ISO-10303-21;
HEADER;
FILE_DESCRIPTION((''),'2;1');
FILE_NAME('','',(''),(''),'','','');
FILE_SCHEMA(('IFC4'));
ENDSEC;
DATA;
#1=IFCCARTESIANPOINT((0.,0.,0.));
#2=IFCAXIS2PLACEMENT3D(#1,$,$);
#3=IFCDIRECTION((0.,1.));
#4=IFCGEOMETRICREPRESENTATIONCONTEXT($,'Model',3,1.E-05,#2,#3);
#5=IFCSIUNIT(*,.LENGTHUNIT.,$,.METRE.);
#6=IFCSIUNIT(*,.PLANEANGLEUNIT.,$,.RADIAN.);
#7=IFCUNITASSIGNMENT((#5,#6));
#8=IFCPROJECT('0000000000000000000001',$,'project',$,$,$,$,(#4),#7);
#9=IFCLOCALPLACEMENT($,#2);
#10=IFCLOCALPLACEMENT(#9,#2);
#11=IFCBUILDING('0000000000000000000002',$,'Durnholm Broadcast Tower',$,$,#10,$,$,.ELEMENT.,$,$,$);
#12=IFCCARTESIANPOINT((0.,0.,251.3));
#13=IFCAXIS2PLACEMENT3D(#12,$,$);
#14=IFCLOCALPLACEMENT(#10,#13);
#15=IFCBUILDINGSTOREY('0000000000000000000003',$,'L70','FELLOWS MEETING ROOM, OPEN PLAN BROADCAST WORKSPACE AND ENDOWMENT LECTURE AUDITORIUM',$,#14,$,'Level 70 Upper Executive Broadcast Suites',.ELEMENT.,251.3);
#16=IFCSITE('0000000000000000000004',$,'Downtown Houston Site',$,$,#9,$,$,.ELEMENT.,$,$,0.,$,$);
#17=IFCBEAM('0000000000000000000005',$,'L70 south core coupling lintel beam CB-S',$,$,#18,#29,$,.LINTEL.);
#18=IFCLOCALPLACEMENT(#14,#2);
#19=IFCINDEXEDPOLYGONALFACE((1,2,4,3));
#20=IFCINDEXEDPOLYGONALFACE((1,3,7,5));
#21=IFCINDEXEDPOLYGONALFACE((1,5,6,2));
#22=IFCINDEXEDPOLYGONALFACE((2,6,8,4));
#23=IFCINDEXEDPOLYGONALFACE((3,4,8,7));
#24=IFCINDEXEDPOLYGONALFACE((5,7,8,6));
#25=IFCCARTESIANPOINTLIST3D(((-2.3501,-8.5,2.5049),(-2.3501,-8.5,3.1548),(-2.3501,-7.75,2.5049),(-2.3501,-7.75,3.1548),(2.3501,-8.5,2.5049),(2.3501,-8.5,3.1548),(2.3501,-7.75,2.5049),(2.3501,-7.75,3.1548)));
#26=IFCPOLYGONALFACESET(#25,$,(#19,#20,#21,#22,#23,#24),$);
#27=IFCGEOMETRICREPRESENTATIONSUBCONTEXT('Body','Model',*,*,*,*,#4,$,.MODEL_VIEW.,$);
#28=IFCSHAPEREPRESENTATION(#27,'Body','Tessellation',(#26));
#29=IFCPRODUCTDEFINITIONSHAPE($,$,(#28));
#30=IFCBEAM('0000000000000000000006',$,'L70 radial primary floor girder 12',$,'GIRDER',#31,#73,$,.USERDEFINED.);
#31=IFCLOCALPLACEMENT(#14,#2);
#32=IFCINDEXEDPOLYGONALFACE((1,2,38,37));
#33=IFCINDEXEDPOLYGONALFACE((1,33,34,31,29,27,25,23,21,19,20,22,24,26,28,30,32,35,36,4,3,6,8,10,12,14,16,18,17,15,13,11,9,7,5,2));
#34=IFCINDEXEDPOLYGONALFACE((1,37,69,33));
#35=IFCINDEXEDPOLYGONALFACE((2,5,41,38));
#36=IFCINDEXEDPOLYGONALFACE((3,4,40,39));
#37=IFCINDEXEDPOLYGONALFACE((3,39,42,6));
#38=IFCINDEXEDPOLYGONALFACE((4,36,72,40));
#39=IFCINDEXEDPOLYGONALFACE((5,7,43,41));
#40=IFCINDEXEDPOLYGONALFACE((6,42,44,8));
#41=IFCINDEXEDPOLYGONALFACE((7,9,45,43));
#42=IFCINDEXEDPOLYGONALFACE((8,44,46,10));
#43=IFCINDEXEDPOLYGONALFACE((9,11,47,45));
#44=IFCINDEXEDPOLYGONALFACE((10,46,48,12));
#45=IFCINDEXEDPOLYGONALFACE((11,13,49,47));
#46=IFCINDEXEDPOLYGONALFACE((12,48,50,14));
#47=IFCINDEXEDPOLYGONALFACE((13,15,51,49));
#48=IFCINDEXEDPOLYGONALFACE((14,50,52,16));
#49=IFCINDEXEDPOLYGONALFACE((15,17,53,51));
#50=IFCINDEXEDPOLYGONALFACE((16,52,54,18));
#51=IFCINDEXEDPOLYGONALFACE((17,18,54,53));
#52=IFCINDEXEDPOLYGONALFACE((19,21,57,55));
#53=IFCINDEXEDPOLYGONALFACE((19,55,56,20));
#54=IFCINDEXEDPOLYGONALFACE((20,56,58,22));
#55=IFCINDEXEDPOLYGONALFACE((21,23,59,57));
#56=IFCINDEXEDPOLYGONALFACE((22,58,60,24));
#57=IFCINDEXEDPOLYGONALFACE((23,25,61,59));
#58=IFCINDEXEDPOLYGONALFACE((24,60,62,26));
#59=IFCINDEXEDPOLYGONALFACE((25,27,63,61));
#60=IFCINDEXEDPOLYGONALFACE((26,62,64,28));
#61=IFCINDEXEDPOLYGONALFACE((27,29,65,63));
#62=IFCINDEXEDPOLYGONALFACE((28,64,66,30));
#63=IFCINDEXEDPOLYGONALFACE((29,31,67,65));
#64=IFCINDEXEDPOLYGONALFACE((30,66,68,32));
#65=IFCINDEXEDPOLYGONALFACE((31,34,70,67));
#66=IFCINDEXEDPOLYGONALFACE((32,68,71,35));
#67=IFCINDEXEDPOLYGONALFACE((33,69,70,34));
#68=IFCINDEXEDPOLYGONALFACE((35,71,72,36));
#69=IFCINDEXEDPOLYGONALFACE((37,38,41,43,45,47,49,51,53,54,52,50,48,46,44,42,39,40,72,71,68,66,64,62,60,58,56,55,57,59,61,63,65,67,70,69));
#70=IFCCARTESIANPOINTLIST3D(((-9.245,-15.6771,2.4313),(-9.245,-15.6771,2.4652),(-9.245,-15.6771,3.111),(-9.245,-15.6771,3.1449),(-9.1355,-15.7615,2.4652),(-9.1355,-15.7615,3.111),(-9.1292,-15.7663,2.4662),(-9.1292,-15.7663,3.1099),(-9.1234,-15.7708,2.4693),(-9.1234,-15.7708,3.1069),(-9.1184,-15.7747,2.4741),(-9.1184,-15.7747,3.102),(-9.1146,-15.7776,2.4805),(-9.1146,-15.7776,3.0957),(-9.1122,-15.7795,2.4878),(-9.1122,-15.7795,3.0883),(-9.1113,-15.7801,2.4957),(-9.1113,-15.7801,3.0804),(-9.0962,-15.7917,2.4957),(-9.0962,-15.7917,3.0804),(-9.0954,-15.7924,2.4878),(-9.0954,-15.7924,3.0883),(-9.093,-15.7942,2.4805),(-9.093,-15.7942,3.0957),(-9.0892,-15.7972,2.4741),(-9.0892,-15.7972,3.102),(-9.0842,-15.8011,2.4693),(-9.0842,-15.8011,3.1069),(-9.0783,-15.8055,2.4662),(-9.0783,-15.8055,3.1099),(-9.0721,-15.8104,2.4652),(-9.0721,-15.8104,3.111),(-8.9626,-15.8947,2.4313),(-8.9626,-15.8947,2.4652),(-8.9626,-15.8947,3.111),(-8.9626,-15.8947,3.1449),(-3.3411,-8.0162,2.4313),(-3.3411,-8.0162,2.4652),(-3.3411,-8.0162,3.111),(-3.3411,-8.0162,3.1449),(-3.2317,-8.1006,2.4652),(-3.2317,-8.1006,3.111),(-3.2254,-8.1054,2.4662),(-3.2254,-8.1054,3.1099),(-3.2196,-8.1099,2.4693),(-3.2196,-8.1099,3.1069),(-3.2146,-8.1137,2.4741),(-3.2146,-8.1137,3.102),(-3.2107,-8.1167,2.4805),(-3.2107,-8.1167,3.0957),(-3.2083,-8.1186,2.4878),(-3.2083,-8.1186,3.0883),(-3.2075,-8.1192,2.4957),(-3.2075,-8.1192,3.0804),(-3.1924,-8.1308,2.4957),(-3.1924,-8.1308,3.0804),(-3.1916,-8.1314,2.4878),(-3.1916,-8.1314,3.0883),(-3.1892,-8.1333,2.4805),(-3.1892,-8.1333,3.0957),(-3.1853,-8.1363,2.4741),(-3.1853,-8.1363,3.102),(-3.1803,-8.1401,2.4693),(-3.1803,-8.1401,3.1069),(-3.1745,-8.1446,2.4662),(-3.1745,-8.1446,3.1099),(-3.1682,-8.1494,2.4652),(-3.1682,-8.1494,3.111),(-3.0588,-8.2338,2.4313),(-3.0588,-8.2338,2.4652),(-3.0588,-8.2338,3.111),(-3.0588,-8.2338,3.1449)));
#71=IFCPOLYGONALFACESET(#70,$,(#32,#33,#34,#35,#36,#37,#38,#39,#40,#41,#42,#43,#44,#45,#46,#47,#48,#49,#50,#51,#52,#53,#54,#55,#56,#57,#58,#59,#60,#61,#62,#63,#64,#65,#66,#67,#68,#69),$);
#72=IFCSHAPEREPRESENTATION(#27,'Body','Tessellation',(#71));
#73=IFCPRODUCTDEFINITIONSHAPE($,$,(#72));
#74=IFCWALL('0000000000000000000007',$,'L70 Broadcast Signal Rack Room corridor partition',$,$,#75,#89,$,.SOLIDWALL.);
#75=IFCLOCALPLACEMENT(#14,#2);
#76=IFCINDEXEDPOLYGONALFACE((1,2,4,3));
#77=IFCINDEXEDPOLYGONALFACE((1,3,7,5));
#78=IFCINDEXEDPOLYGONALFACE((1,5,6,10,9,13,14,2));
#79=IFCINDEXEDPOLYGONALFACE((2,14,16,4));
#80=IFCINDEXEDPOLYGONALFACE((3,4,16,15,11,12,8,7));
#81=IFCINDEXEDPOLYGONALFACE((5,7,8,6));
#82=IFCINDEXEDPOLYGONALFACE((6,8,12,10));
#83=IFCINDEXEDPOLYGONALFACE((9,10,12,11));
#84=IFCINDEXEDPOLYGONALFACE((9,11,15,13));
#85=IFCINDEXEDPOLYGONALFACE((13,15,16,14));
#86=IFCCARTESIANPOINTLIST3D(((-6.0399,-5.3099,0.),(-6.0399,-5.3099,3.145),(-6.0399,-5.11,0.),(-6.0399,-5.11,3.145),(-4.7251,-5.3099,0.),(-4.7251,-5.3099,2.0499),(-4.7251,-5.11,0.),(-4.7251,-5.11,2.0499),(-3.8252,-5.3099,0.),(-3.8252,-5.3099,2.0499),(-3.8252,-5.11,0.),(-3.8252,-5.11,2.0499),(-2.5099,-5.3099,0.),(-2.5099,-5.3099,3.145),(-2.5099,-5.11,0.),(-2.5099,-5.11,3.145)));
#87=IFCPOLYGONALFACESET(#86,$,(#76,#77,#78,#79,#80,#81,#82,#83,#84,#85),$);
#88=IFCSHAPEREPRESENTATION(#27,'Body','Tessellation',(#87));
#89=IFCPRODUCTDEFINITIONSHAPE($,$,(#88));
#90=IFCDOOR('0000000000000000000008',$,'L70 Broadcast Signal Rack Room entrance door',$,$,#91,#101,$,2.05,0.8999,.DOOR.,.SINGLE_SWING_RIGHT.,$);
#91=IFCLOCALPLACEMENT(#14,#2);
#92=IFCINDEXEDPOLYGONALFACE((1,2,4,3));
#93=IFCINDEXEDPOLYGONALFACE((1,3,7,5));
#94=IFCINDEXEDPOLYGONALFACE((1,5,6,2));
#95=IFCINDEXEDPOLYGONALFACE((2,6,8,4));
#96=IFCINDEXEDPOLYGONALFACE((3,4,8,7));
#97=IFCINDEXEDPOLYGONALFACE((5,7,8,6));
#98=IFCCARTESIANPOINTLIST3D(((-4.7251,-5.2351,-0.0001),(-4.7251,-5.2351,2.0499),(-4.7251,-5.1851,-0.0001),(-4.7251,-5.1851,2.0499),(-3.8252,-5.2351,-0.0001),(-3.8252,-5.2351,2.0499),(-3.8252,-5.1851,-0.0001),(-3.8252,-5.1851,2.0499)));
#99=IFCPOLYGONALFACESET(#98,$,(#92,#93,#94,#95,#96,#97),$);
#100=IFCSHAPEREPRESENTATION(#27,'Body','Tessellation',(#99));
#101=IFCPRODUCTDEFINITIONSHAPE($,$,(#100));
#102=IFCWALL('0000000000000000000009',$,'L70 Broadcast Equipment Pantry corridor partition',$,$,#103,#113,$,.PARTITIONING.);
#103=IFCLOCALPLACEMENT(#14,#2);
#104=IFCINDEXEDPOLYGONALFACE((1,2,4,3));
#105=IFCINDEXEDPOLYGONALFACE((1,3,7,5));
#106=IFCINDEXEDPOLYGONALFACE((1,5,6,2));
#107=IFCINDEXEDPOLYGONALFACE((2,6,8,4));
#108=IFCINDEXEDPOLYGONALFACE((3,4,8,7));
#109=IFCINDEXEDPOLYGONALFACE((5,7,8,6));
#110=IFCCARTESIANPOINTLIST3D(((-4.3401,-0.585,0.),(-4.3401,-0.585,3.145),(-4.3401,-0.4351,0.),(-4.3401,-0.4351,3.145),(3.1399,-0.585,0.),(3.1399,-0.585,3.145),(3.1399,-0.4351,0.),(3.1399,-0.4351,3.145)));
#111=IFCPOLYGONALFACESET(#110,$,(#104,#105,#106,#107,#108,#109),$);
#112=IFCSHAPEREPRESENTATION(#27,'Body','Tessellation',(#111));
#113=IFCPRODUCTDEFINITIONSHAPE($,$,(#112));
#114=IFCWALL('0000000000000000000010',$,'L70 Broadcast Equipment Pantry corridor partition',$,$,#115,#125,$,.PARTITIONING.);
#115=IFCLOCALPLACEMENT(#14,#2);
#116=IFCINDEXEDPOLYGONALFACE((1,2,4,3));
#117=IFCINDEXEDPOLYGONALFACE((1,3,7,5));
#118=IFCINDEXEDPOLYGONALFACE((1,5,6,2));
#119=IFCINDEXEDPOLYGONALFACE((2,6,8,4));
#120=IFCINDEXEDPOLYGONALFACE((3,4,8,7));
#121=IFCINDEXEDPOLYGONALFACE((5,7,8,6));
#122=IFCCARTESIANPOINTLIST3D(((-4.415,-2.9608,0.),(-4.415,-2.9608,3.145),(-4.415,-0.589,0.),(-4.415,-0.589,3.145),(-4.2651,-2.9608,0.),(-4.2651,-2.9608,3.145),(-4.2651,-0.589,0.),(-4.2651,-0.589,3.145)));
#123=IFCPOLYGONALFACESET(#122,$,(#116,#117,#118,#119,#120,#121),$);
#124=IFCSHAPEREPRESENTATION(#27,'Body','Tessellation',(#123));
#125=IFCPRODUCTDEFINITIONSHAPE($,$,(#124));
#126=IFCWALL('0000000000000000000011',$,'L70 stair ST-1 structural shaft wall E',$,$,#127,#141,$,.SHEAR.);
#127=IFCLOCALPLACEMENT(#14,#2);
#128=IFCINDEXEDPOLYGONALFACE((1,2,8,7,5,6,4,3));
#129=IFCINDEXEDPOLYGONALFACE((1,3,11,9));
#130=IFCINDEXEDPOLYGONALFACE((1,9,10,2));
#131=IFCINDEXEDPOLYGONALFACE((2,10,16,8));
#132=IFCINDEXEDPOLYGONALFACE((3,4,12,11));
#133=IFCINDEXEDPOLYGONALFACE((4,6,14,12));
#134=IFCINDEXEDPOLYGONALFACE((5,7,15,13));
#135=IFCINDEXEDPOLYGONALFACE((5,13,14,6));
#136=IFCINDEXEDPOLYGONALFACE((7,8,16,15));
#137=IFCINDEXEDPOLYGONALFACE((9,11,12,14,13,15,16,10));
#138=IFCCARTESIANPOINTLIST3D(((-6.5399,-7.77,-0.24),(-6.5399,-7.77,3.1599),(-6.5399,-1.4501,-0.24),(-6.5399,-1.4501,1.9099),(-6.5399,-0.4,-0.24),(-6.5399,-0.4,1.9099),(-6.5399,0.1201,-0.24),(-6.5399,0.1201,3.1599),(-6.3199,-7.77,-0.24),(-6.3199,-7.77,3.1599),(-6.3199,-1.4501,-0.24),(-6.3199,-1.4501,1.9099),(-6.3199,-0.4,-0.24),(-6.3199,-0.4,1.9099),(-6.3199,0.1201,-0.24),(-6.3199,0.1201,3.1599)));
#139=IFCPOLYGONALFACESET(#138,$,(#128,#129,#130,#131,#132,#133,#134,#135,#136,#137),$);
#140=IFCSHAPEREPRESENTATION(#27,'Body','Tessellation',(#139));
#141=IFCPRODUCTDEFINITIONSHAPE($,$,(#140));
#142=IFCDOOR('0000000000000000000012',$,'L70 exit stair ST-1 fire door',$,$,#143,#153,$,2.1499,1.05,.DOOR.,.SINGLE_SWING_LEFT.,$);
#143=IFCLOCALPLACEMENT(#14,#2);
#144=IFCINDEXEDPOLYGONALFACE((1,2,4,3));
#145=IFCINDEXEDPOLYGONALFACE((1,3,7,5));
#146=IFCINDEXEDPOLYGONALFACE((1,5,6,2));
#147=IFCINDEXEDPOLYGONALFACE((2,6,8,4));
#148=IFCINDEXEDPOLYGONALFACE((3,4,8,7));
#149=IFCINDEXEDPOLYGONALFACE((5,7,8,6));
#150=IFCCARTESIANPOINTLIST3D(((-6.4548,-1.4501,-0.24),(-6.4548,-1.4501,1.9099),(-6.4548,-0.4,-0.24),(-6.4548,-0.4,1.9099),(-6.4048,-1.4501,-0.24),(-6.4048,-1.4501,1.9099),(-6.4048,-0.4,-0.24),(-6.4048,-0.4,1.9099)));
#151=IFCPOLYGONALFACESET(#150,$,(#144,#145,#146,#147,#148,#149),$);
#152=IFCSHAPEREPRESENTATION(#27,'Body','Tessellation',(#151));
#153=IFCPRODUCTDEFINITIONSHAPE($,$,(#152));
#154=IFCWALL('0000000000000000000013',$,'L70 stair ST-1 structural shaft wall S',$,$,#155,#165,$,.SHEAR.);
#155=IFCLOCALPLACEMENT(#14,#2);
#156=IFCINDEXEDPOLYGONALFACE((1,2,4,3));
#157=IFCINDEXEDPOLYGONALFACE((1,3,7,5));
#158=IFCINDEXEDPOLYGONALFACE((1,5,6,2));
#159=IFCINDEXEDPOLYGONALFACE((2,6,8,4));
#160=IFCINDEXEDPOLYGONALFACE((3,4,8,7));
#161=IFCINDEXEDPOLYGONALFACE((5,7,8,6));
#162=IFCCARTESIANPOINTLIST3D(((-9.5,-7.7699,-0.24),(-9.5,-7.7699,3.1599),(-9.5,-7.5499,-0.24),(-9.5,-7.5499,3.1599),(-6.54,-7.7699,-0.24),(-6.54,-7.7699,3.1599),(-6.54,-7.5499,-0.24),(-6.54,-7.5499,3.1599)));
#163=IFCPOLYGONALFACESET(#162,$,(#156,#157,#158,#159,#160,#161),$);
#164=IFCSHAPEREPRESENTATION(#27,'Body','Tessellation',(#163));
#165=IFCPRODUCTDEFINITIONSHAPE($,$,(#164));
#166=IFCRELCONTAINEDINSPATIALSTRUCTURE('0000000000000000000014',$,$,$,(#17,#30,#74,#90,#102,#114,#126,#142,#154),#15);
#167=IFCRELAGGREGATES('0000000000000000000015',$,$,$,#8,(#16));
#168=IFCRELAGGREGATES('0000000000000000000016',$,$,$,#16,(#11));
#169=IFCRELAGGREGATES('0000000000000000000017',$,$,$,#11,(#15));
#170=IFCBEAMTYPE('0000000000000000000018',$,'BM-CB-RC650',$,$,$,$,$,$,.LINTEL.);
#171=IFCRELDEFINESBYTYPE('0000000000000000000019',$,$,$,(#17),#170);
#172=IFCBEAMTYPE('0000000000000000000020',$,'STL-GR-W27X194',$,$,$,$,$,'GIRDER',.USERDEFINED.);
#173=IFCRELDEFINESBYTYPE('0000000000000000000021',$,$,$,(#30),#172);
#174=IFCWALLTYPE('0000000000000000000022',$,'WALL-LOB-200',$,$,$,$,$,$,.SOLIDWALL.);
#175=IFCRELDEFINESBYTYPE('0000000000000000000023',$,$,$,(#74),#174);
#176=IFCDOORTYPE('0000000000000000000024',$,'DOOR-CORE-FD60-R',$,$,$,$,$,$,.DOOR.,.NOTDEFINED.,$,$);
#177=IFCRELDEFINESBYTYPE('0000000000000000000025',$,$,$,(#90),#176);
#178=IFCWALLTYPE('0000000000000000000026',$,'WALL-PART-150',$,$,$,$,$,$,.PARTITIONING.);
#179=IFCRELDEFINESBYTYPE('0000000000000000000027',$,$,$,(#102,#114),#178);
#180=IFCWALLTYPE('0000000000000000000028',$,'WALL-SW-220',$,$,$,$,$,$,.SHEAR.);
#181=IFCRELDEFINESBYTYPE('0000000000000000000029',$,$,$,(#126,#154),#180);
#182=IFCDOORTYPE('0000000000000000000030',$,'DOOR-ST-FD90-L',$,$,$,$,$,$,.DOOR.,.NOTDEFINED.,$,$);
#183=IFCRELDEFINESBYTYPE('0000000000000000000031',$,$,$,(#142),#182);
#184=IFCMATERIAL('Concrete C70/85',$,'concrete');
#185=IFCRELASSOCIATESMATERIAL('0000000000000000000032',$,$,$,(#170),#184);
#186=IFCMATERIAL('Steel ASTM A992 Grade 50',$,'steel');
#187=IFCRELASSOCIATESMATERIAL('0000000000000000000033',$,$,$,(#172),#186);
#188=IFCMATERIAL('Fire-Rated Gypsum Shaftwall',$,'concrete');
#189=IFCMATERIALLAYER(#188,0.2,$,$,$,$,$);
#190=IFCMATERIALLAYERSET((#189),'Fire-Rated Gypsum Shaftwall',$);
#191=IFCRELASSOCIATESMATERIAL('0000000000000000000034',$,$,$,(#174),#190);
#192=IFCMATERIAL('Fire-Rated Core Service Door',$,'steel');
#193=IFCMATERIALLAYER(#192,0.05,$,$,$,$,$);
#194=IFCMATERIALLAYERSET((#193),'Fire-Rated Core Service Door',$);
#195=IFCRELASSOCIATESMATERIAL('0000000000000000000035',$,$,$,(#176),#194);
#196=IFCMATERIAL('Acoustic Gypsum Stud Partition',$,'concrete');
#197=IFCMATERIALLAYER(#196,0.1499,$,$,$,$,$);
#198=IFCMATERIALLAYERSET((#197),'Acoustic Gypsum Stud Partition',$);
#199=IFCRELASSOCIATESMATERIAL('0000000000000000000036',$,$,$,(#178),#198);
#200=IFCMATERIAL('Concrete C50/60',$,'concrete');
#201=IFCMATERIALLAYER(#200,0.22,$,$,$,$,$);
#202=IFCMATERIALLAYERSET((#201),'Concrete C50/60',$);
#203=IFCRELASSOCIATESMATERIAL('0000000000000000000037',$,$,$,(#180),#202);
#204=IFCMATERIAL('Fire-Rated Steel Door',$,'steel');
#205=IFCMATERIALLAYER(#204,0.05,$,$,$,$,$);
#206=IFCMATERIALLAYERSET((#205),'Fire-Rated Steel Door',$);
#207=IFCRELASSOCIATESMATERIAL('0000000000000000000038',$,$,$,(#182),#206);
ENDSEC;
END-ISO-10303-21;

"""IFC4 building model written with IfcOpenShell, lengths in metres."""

from ifc_helpers import new_model, si_unit, direction, frame, frame_2d, origin, origin_2d, place, context, subcontext, project, spatial, rectangle, i_section, extrude, source, transform, mapped, material, layer, layer_set, material_profile, profile_set, type_object, type_shapes, element, fill, save


model = new_model("IFC4")

# Units and contexts
model_context = context("Model", 3, precision=1e-05, world=origin(), true_north=direction((0.0, 1.0)))
body_context = subcontext(model_context, "Body", "Model", "MODEL_VIEW")
ifc_project = project(units=[si_unit("LENGTHUNIT", "METRE"), si_unit("PLANEANGLEUNIT", "RADIAN")], contexts=[model_context])

# Site, building, storey
site_placement = place(None, origin())
site = spatial("IfcSite", under=ifc_project, at=site_placement, Name="Downtown Houston Site", CompositionType="ELEMENT", RefElevation=0.0)
building_placement = place(site_placement, origin())
building = spatial("IfcBuilding", under=site, at=building_placement, Name="Durnholm Broadcast Tower", CompositionType="ELEMENT")
storey_placement = place(building_placement, frame((0.0, 0.0, 251.3)))
storey = spatial("IfcBuildingStorey", under=building, at=storey_placement, Name="L70", Description="FELLOWS MEETING ROOM, OPEN PLAN BROADCAST WORKSPACE AND ENDOWMENT LECTURE AUDITORIUM", LongName="Level 70 Upper Executive Broadcast Suites", CompositionType="ELEMENT", Elevation=251.3)

# Beams
ifc_material_1 = material(Name="Concrete C70/85", Category="concrete")
ifc_material_profile_1 = material_profile(ifc_material_1, rectangle(XDim=0.75, YDim=0.6499, at=origin_2d()), Name="RC750X650")
ifc_profile_set_1 = profile_set([ifc_material_profile_1], Name="Concrete C70/85")
beam_type_1 = type_object("IfcBeamType", Name="BM-CB-RC650", PredefinedType="LINTEL", material=ifc_profile_set_1)
shared_shape_1 = source(origin(), body_context, "Body", "SweptSolid", [
    extrude(rectangle(XDim=0.75, YDim=0.6499, at=origin_2d()), origin(), (0.0, 0.0, 1.0), 4.7002),
])
type_shapes(beam_type_1, [shared_shape_1])
beam_1_placement = place(storey_placement, frame((-2.3501, -8.125, 2.8298), z_axis=(1.0, 0.0, 0.0), x_axis=(0.0, 1.0, 0.0)))
element("IfcBeam", 1, at=beam_1_placement, inside=storey, type_object=beam_type_1, Name="L70 south core coupling lintel beam CB-S", PredefinedType="LINTEL", context=body_context, shape_type="MappedRepresentation", body=[
    mapped(shared_shape_1, transform((0.0, 0.0, 0.0), x_axis=(1.0, 0.0, 0.0), y_axis=(0.0, 1.0, 0.0), z_axis=(0.0, 0.0, 1.0), scale=1.0)),
])
ifc_material_2 = material(Name="Steel ASTM A992 Grade 50", Category="steel")
ifc_material_profile_2 = material_profile(ifc_material_2, i_section(OverallWidth=0.3564, OverallDepth=0.7136, WebThickness=0.019, FlangeThickness=0.0339, FilletRadius=0.0305, at=origin_2d()), Name="W27X194")
ifc_profile_set_2 = profile_set([ifc_material_profile_2], Name="Steel ASTM A992 Grade 50")
beam_type_2 = type_object("IfcBeamType", Name="STL-GR-W27X194", ElementType="GIRDER", PredefinedType="USERDEFINED", material=ifc_profile_set_2)
shared_shape_2 = source(origin(), body_context, "Body", "SweptSolid", [
    extrude(i_section(OverallWidth=0.3564, OverallDepth=0.7136, WebThickness=0.019, FlangeThickness=0.0339, FilletRadius=0.0305, at=origin_2d()), origin(), (0.0, 0.0, 1.0), 9.6719),
])
type_shapes(beam_type_2, [shared_shape_2])
beam_2_placement = place(storey_placement, frame((-3.2, -8.125, 2.7881), z_axis=(-0.610413, -0.792083, 0.0), x_axis=(0.792083, -0.610413, 0.0)))
element("IfcBeam", 2, at=beam_2_placement, inside=storey, type_object=beam_type_2, Name="L70 radial primary floor girder 12", ObjectType="GIRDER", PredefinedType="USERDEFINED", context=body_context, shape_type="MappedRepresentation", body=[
    mapped(shared_shape_2, transform((0.0, 0.0, 0.0), x_axis=(1.0, 0.0, 0.0), y_axis=(0.0, 1.0, 0.0), z_axis=(0.0, 0.0, 1.0), scale=1.0)),
])

# Wall, opening, door
ifc_material_3 = material(Name="Fire-Rated Gypsum Shaftwall", Category="concrete")
ifc_layer_1 = layer(ifc_material_3, 0.2)
ifc_layer_set_1 = layer_set([ifc_layer_1], Name="Fire-Rated Gypsum Shaftwall")
wall_type_1 = type_object("IfcWallType", Name="WALL-LOB-200", PredefinedType="SOLIDWALL", material=ifc_layer_set_1)
wall_1_placement = place(storey_placement, frame((-6.04, -5.21, 0.0), z_axis=(0.0, 0.0, 1.0), x_axis=(1.0, 0.0, 0.0)))
wall_1 = element("IfcWall", 3, at=wall_1_placement, inside=storey, type_object=wall_type_1, Name="L70 Broadcast Signal Rack Room corridor partition", PredefinedType="SOLIDWALL", context=body_context, shape_type="SweptSolid", body=[
    extrude(rectangle(XDim=3.53, YDim=0.2, at=frame_2d((1.7651, 0.0))), origin(), (0.0, 0.0, 1.0), 3.145),
])
opening_1_placement = place(wall_1_placement, frame((1.3149, 0.0, 0.0)))
opening_1 = element("IfcOpeningElement", 4, at=opening_1_placement, cuts=wall_1, PredefinedType="OPENING", context=body_context, shape_type="SweptSolid", body=[
    extrude(rectangle(XDim=0.8999, YDim=2.05, at=frame_2d((0.45, 1.0249))), frame((0.0, 0.1099, 0.0), z_axis=(0.0, -1.0, 0.0), x_axis=(1.0, 0.0, 0.0)), (0.0, 0.0, 1.0), 0.22),
])
ifc_material_4 = material(Name="Fire-Rated Core Service Door", Category="steel")
ifc_layer_2 = layer(ifc_material_4, 0.05)
ifc_layer_set_2 = layer_set([ifc_layer_2], Name="Fire-Rated Core Service Door")
door_type_1 = type_object("IfcDoorType", Name="DOOR-CORE-FD60-R", OperationType="NOTDEFINED", PredefinedType="DOOR", material=ifc_layer_set_2)
shared_shape_3 = source(origin(), body_context, "Body", "SweptSolid", [
    extrude(rectangle(XDim=0.8999, YDim=2.05, at=frame_2d((0.45, 1.0249))), frame((0.0, 0.0249, 0.0), z_axis=(0.0, -1.0, 0.0), x_axis=(1.0, 0.0, 0.0)), (0.0, 0.0, 1.0), 0.05),
])
type_shapes(door_type_1, [shared_shape_3])
door_1_placement = place(opening_1_placement, origin())
door_1 = element("IfcDoor", 5, at=door_1_placement, inside=storey, type_object=door_type_1, Name="L70 Broadcast Signal Rack Room entrance door", OperationType="SINGLE_SWING_RIGHT", OverallHeight=2.05, OverallWidth=0.8999, PredefinedType="DOOR", context=body_context, shape_type="MappedRepresentation", body=[
    mapped(shared_shape_3, transform((0.0, 0.0, 0.0), x_axis=(1.0, 0.0, 0.0), y_axis=(0.0, 1.0, 0.0), z_axis=(0.0, 0.0, 1.0), scale=1.0)),
])
fill(opening_1, door_1)

# Walls
ifc_material_5 = material(Name="Acoustic Gypsum Stud Partition", Category="concrete")
ifc_layer_3 = layer(ifc_material_5, 0.1499)
ifc_layer_set_3 = layer_set([ifc_layer_3], Name="Acoustic Gypsum Stud Partition")
wall_type_2 = type_object("IfcWallType", Name="WALL-PART-150", PredefinedType="PARTITIONING", material=ifc_layer_set_3)
wall_2_placement = place(storey_placement, frame((-4.3401, -0.51, 0.0), z_axis=(0.0, 0.0, 1.0), x_axis=(1.0, 0.0, 0.0)))
element("IfcWall", 6, at=wall_2_placement, inside=storey, type_object=wall_type_2, Name="L70 Broadcast Equipment Pantry corridor partition", PredefinedType="PARTITIONING", context=body_context, shape_type="SweptSolid", body=[
    extrude(rectangle(XDim=7.48, YDim=0.1499, at=frame_2d((3.74, 0.0))), origin(), (0.0, 0.0, 1.0), 3.145),
])
wall_3_placement = place(storey_placement, frame((-4.3401, -2.9609, 0.0), z_axis=(0.0, 0.0, 1.0), x_axis=(0.0, 1.0, 0.0)))
element("IfcWall", 7, at=wall_3_placement, inside=storey, type_object=wall_type_2, Name="L70 Broadcast Equipment Pantry corridor partition", PredefinedType="PARTITIONING", context=body_context, shape_type="SweptSolid", body=[
    extrude(rectangle(XDim=2.3718, YDim=0.1499, at=frame_2d((1.186, 0.0))), origin(), (0.0, 0.0, 1.0), 3.145),
])

# Wall, opening, door
ifc_material_6 = material(Name="Concrete C50/60", Category="concrete")
ifc_layer_4 = layer(ifc_material_6, 0.22)
ifc_layer_set_4 = layer_set([ifc_layer_4], Name="Concrete C50/60")
wall_type_3 = type_object("IfcWallType", Name="WALL-SW-220", PredefinedType="SHEAR", material=ifc_layer_set_4)
wall_4_placement = place(storey_placement, frame((-6.4299, -7.77, -0.24), z_axis=(0.0, 0.0, 1.0), x_axis=(0.0, 1.0, 0.0)))
wall_4 = element("IfcWall", 8, at=wall_4_placement, inside=storey, type_object=wall_type_3, Name="L70 stair ST-1 structural shaft wall E", PredefinedType="SHEAR", context=body_context, shape_type="SweptSolid", body=[
    extrude(rectangle(XDim=7.8901, YDim=0.22, at=frame_2d((3.9451, 0.0))), origin(), (0.0, 0.0, 1.0), 3.3999),
])
opening_2_placement = place(wall_4_placement, frame((6.3201, 0.0, 0.0)))
opening_2 = element("IfcOpeningElement", 9, at=opening_2_placement, cuts=wall_4, PredefinedType="OPENING", context=body_context, shape_type="SweptSolid", body=[
    extrude(rectangle(XDim=1.05, YDim=2.1499, at=frame_2d((0.5249, 1.075))), frame((0.0, 0.1201, 0.0), z_axis=(0.0, -1.0, 0.0), x_axis=(1.0, 0.0, 0.0)), (0.0, 0.0, 1.0), 0.24),
])
ifc_material_7 = material(Name="Fire-Rated Steel Door", Category="steel")
ifc_layer_5 = layer(ifc_material_7, 0.05)
ifc_layer_set_5 = layer_set([ifc_layer_5], Name="Fire-Rated Steel Door")
door_type_2 = type_object("IfcDoorType", Name="DOOR-ST-FD90-L", OperationType="NOTDEFINED", PredefinedType="DOOR", material=ifc_layer_set_5)
shared_shape_4 = source(origin(), body_context, "Body", "SweptSolid", [
    extrude(rectangle(XDim=1.05, YDim=2.1499, at=frame_2d((0.5249, 1.075))), frame((0.0, 0.0249, 0.0), z_axis=(0.0, -1.0, 0.0), x_axis=(1.0, 0.0, 0.0)), (0.0, 0.0, 1.0), 0.05),
])
type_shapes(door_type_2, [shared_shape_4])
door_2_placement = place(opening_2_placement, origin())
door_2 = element("IfcDoor", 10, at=door_2_placement, inside=storey, type_object=door_type_2, Name="L70 exit stair ST-1 fire door", OperationType="SINGLE_SWING_LEFT", OverallHeight=2.1499, OverallWidth=1.05, PredefinedType="DOOR", context=body_context, shape_type="MappedRepresentation", body=[
    mapped(shared_shape_4, transform((0.0, 0.0, 0.0), x_axis=(1.0, 0.0, 0.0), y_axis=(0.0, 1.0, 0.0), z_axis=(0.0, 0.0, 1.0), scale=1.0)),
])
fill(opening_2, door_2)

# Wall
wall_5_placement = place(storey_placement, frame((-9.5, -7.6599, -0.24), z_axis=(0.0, 0.0, 1.0), x_axis=(1.0, 0.0, 0.0)))
element("IfcWall", 11, at=wall_5_placement, inside=storey, type_object=wall_type_3, Name="L70 stair ST-1 structural shaft wall S", PredefinedType="SHEAR", context=body_context, shape_type="SweptSolid", body=[
    extrude(rectangle(XDim=2.96, YDim=0.22, at=frame_2d((1.48, 0.0))), origin(), (0.0, 0.0, 1.0), 3.3999),
])

save(model, "model.ifc")
